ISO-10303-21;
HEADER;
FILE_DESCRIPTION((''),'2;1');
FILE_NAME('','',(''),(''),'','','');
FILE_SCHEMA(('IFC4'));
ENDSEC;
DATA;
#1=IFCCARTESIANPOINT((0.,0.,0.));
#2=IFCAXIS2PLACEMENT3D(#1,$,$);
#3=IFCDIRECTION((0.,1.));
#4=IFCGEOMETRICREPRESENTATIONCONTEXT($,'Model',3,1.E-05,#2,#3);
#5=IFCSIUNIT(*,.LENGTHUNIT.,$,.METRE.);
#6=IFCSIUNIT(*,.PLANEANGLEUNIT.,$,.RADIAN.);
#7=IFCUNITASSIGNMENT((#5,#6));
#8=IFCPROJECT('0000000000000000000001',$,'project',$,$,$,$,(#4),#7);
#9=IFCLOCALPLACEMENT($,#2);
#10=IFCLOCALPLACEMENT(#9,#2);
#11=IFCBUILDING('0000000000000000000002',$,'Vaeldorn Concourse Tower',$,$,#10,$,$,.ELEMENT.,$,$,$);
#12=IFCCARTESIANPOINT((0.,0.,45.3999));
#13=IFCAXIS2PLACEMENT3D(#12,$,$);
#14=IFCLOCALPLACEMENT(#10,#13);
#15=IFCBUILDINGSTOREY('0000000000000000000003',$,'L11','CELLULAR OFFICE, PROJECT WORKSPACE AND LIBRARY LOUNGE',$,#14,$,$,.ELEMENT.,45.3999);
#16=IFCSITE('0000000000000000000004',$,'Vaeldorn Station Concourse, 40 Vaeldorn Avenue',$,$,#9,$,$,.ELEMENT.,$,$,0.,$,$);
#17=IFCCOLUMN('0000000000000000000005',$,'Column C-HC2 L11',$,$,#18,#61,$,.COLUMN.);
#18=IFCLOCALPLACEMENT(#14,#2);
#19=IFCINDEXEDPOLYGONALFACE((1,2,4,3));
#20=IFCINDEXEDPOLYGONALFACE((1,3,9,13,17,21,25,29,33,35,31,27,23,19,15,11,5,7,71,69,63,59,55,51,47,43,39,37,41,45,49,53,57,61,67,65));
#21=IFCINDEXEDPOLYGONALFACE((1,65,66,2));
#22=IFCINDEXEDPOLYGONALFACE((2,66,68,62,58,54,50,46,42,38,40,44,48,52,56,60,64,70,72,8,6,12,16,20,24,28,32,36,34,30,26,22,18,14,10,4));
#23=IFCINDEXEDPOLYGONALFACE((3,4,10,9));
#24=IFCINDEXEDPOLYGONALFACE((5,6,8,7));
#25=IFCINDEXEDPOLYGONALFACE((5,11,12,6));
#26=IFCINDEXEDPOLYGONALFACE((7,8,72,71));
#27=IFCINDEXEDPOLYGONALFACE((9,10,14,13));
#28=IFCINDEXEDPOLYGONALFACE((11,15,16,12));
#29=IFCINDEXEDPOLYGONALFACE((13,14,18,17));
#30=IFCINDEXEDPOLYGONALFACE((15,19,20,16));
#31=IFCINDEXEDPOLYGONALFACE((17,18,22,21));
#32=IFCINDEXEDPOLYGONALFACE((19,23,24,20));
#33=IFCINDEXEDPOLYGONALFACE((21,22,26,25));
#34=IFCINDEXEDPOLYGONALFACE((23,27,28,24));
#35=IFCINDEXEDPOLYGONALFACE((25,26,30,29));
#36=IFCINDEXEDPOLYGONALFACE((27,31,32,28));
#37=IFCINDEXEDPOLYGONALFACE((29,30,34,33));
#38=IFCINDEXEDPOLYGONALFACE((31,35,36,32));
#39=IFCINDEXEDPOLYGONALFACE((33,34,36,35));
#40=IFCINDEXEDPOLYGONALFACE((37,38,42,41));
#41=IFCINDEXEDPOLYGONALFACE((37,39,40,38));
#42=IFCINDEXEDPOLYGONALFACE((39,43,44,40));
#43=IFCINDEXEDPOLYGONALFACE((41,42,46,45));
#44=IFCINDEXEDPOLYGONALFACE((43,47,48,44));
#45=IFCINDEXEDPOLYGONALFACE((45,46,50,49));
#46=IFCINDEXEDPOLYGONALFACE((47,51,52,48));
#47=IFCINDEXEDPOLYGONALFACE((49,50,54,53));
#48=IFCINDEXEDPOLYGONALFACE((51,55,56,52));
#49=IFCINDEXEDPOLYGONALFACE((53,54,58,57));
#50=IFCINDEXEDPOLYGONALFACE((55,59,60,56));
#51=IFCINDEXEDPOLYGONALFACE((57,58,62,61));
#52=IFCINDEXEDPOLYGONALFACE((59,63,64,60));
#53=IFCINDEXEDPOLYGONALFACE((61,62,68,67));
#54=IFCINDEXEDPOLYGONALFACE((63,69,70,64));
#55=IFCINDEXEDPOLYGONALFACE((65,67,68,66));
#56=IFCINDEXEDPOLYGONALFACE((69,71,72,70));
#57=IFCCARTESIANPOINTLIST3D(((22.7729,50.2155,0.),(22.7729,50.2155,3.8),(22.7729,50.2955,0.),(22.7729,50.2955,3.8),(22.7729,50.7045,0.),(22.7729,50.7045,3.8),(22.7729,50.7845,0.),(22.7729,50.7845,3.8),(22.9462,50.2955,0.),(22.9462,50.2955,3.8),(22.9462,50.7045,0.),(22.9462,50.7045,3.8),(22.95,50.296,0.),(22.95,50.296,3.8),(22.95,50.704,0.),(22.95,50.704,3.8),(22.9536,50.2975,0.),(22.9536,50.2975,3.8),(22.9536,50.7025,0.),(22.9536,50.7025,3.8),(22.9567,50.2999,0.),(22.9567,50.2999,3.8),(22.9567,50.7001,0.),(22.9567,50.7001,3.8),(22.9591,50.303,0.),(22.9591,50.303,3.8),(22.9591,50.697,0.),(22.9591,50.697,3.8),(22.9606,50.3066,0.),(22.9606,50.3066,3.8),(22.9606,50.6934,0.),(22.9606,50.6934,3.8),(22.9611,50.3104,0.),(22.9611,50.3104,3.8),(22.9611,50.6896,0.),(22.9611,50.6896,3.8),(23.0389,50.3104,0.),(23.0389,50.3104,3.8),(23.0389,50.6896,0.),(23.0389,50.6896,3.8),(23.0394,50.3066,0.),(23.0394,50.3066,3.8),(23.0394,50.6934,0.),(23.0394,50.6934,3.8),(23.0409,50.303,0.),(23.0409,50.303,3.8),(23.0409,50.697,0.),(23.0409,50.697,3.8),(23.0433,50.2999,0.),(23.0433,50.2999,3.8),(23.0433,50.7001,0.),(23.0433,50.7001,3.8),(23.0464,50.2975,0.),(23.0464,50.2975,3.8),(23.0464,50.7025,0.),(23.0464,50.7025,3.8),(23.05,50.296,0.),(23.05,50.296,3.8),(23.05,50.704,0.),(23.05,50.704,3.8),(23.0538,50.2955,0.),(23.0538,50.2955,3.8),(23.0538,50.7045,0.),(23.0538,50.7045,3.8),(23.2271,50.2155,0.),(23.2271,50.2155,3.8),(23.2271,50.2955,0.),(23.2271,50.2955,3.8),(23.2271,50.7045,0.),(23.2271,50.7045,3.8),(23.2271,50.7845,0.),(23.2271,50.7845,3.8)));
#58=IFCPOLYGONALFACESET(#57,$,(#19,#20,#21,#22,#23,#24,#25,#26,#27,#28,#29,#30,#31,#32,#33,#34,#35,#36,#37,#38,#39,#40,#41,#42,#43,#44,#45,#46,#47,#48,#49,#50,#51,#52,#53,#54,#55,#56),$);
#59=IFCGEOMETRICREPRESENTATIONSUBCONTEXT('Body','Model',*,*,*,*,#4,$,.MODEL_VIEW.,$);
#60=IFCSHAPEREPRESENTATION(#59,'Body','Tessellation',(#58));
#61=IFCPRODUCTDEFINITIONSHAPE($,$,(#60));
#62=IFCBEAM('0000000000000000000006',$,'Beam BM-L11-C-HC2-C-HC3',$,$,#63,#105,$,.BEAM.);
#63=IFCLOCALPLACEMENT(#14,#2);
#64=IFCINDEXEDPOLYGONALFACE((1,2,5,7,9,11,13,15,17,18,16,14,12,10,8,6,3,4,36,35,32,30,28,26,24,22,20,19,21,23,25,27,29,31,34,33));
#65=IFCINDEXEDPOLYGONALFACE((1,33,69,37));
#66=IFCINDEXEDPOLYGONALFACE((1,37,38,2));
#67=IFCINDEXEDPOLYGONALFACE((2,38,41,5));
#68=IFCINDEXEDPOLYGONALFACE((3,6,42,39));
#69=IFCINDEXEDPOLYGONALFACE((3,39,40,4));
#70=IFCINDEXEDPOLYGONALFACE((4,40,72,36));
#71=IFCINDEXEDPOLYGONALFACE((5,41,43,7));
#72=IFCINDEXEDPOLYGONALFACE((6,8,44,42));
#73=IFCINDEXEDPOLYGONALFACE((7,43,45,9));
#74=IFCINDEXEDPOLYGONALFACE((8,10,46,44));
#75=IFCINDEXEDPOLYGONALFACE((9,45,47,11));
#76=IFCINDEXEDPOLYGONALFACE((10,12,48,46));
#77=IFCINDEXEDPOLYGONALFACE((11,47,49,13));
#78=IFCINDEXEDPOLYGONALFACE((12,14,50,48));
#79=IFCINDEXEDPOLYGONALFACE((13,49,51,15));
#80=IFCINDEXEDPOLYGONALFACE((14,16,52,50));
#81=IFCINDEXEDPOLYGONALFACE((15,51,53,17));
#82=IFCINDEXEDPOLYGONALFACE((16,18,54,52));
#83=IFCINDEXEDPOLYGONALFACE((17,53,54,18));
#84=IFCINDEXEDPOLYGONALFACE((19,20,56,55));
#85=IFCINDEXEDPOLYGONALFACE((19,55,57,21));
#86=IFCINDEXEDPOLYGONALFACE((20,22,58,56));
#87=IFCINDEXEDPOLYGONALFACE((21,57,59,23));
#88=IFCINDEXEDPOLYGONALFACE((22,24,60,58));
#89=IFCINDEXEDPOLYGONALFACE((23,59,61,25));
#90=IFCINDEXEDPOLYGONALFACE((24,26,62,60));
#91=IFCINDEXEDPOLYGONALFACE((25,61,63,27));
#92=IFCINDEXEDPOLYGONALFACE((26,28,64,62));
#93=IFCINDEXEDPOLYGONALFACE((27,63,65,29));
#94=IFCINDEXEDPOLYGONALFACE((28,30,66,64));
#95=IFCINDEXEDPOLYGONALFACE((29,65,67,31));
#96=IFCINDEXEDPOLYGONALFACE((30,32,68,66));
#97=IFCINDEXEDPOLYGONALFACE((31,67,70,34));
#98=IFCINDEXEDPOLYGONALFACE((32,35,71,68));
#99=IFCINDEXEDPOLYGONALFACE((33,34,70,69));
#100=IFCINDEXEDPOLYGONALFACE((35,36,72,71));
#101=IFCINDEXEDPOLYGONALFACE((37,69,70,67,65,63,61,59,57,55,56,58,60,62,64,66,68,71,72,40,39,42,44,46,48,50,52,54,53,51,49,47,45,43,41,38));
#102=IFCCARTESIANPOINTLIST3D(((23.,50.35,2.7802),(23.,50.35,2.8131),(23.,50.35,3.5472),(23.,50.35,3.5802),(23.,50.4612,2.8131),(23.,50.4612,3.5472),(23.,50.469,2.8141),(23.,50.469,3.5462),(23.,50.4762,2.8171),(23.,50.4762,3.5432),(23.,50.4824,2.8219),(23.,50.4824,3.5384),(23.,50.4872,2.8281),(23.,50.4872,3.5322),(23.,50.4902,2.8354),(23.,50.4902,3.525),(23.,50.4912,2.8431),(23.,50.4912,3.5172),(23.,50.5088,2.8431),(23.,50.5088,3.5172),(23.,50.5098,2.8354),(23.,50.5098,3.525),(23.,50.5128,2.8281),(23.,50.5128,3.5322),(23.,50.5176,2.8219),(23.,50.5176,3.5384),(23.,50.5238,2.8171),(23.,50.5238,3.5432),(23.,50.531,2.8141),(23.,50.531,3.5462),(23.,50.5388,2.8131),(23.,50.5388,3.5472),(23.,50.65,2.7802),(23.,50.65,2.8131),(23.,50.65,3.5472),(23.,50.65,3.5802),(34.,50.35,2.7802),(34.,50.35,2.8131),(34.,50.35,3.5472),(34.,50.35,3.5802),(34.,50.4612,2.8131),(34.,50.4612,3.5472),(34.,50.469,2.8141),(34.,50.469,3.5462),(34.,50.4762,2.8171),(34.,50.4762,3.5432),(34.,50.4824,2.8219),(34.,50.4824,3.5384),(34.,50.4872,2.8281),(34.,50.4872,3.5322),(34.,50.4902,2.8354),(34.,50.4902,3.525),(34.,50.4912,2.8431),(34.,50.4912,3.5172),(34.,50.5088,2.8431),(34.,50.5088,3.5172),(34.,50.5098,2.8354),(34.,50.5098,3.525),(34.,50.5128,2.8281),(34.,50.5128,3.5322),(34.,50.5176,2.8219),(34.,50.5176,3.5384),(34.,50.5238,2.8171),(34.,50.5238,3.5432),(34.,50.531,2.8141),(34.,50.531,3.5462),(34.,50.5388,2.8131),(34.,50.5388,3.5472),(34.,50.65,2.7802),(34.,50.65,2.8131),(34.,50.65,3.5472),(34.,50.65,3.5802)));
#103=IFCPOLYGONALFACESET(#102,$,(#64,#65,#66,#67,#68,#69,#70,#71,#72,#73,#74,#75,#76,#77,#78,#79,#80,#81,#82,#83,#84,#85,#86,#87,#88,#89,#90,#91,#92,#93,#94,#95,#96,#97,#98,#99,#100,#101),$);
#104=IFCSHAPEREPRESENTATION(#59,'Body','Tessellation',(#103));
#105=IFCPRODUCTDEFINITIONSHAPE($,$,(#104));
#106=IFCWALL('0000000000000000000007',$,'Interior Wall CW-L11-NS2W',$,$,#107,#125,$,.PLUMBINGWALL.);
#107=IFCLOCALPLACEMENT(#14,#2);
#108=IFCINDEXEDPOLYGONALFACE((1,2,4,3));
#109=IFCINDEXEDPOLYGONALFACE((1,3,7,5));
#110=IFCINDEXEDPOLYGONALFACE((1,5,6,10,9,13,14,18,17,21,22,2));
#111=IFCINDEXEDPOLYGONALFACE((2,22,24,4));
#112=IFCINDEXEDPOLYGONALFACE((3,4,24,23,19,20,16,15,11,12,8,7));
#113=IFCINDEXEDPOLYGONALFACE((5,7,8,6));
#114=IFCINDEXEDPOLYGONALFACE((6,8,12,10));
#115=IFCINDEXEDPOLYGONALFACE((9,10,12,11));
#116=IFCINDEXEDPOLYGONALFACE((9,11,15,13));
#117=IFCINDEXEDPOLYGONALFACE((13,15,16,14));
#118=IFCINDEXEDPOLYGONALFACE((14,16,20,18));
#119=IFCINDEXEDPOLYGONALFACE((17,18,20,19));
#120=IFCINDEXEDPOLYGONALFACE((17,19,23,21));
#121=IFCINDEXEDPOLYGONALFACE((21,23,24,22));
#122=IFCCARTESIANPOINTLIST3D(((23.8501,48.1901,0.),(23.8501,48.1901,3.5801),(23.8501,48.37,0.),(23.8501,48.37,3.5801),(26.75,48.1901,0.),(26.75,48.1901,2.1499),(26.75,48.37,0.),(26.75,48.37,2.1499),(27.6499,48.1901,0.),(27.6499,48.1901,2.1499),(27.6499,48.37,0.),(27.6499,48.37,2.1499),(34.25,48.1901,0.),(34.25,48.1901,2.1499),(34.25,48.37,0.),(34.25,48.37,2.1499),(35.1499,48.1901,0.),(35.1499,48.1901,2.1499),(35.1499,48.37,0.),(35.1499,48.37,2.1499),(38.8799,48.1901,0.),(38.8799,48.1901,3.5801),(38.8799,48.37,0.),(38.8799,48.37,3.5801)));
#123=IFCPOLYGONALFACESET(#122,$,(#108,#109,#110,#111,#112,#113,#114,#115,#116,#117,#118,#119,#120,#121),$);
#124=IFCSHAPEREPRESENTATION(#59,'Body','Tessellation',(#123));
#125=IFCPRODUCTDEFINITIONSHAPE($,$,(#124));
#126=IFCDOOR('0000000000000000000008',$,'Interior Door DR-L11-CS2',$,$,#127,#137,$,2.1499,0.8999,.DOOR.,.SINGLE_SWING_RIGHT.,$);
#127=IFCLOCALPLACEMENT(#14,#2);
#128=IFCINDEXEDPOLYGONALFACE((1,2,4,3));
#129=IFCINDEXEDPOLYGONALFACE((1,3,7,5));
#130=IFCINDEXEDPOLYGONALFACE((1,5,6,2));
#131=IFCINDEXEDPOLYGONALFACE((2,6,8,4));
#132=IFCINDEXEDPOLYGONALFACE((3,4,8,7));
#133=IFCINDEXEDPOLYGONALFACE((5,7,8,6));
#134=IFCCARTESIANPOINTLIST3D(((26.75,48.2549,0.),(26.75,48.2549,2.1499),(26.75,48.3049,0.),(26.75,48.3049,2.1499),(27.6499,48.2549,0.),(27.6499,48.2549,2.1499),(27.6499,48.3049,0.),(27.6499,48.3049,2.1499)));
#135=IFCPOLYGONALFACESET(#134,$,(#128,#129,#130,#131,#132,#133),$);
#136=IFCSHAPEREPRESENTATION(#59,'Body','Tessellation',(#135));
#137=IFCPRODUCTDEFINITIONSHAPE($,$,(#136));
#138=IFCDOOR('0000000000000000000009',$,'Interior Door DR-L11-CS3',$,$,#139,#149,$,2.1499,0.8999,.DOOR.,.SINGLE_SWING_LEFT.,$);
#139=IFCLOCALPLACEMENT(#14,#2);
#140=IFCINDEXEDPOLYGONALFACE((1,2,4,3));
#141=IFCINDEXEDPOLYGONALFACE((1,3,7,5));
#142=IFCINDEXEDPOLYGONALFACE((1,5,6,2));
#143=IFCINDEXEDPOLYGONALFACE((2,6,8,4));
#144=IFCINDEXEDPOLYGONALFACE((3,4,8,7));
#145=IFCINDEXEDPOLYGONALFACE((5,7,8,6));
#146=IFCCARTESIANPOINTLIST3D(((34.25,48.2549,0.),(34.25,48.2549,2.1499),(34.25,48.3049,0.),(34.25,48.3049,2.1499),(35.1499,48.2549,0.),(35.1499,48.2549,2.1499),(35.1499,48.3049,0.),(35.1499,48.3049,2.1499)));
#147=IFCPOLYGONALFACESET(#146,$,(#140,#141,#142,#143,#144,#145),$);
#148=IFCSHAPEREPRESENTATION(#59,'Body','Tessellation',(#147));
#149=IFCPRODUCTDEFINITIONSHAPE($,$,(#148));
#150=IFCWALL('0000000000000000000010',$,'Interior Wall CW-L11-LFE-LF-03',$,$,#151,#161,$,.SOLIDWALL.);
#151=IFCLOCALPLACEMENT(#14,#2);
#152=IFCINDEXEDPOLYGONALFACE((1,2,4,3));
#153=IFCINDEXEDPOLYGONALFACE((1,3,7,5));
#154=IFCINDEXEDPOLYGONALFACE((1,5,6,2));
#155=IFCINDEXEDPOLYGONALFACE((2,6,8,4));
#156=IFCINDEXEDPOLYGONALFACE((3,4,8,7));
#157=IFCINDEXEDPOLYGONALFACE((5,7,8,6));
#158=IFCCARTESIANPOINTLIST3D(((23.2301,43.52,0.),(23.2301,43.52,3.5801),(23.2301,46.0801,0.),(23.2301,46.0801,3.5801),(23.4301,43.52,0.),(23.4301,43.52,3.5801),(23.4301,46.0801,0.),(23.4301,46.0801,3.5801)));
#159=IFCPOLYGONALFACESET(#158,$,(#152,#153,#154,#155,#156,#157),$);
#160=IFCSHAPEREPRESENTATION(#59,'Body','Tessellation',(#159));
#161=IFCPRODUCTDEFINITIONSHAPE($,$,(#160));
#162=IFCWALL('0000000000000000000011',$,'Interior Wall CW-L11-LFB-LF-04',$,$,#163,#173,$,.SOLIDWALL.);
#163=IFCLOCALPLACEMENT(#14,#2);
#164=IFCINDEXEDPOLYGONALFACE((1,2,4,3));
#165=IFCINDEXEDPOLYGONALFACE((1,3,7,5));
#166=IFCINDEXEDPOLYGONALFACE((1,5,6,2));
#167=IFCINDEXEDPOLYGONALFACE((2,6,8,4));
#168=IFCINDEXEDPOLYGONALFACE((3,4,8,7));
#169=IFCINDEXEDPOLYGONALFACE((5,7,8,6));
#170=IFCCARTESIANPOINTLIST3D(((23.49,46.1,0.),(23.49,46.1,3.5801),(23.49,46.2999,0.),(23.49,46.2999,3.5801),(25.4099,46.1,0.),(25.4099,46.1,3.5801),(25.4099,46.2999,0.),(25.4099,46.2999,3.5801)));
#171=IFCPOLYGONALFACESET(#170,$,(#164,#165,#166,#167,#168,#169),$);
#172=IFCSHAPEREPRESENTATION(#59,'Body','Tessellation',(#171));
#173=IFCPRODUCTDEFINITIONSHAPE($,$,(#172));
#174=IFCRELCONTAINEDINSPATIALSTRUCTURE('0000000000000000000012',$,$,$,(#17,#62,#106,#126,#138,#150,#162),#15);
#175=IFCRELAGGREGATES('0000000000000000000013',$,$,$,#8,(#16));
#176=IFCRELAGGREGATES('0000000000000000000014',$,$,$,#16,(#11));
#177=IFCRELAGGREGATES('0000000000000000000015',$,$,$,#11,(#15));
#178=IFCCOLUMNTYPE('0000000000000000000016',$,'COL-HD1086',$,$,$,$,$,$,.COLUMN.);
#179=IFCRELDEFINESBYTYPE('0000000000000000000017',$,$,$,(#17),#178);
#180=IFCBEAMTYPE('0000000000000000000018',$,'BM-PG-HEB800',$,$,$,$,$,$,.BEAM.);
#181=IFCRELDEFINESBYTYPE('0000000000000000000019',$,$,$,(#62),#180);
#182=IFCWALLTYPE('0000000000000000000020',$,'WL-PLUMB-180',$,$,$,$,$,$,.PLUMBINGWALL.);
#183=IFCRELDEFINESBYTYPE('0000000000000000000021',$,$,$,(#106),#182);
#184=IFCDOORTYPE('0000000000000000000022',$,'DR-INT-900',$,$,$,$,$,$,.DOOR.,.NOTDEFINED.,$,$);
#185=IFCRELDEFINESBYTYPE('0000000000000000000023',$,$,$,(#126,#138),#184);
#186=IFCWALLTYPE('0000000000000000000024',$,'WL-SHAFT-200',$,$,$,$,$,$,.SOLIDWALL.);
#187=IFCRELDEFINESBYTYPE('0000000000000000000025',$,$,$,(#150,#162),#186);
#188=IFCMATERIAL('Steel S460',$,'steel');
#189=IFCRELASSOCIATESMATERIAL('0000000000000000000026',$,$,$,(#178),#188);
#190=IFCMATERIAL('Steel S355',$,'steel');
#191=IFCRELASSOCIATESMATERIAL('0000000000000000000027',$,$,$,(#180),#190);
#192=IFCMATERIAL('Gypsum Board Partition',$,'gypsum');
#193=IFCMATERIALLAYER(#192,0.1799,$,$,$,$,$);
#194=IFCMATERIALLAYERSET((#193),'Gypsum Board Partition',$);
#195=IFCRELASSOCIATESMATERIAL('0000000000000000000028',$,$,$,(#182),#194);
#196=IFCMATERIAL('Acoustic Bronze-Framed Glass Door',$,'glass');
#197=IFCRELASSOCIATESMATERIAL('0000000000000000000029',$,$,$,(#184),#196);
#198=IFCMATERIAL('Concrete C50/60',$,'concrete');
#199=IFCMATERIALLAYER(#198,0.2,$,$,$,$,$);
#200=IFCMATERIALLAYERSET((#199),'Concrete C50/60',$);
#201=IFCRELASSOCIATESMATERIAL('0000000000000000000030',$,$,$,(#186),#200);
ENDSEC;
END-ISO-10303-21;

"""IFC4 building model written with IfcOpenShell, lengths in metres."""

from ifc_helpers import new_model, si_unit, direction, frame, frame_2d, origin, origin_2d, place, context, subcontext, project, spatial, rectangle, i_section, extrude, source, transform, mapped, material, layer, layer_set, material_profile, profile_set, type_object, element, fill, save


model = new_model("IFC4")

# Units and contexts
model_context = context("Model", 3, precision=1e-05, world=origin(), true_north=direction((0.0, 1.0)))
body_context = subcontext(model_context, "Body", "Model", "MODEL_VIEW")
ifc_project = project(units=[si_unit("LENGTHUNIT", "METRE"), si_unit("PLANEANGLEUNIT", "RADIAN")], contexts=[model_context])

# Site, building, storey
site_placement = place(None, origin())
site = spatial("IfcSite", under=ifc_project, at=site_placement, Name="Vaeldorn Station Concourse, 40 Vaeldorn Avenue", CompositionType="ELEMENT", RefElevation=0.0)
building_placement = place(site_placement, origin())
building = spatial("IfcBuilding", under=site, at=building_placement, Name="Vaeldorn Concourse Tower", CompositionType="ELEMENT")
storey_placement = place(building_placement, frame((0.0, 0.0, 45.3999)))
storey = spatial("IfcBuildingStorey", under=building, at=storey_placement, Name="L11", Description="CELLULAR OFFICE, PROJECT WORKSPACE AND LIBRARY LOUNGE", CompositionType="ELEMENT", Elevation=45.3999)

# Column
ifc_material_1 = material(Name="Steel S460", Category="steel")
ifc_material_profile_1 = material_profile(ifc_material_1, i_section(OverallWidth=0.4541, OverallDepth=0.5691, WebThickness=0.0779, FlangeThickness=0.0801, FilletRadius=0.0149, at=origin_2d()), Name="HD 400x1086")
ifc_profile_set_1 = profile_set([ifc_material_profile_1], Name="Steel S460")
column_type = type_object("IfcColumnType", Name="COL-HD1086", PredefinedType="COLUMN", material=ifc_profile_set_1)
shared_shape_1 = source(origin(), body_context, "Body", "SweptSolid", [
    extrude(i_section(OverallWidth=0.4541, OverallDepth=0.5691, WebThickness=0.0779, FlangeThickness=0.0801, FilletRadius=0.0149, at=origin_2d()), origin(), (0.0, 0.0, 1.0), 3.8),
])
column_placement = place(storey_placement, frame((23.0, 50.5, 0.0), z_axis=(0.0, 0.0, 1.0), x_axis=(1.0, 0.0, 0.0)))
element("IfcColumn", 1, at=column_placement, inside=storey, type_object=column_type, Name="Column C-HC2 L11", PredefinedType="COLUMN", context=body_context, shape_type="MappedRepresentation", body=[
    mapped(shared_shape_1, transform((0.0, 0.0, 0.0), scale=1.0)),
])

# Beam
ifc_material_2 = material(Name="Steel S355", Category="steel")
ifc_material_profile_2 = material_profile(ifc_material_2, i_section(OverallWidth=0.3, OverallDepth=0.8, WebThickness=0.0176, FlangeThickness=0.033, FilletRadius=0.03, at=origin_2d()), Name="HEB 800")
ifc_profile_set_2 = profile_set([ifc_material_profile_2], Name="Steel S355")
beam_type = type_object("IfcBeamType", Name="BM-PG-HEB800", PredefinedType="BEAM", material=ifc_profile_set_2)
shared_shape_2 = source(origin(), body_context, "Body", "SweptSolid", [
    extrude(i_section(OverallWidth=0.3, OverallDepth=0.8, WebThickness=0.0176, FlangeThickness=0.033, FilletRadius=0.03, at=origin_2d()), origin(), (0.0, 0.0, 1.0), 11.0),
])
beam_placement = place(storey_placement, frame((23.0, 50.5, 3.1802), z_axis=(1.0, 0.0, 0.0), x_axis=(0.0, 1.0, 0.0)))
element("IfcBeam", 2, at=beam_placement, inside=storey, type_object=beam_type, Name="Beam BM-L11-C-HC2-C-HC3", PredefinedType="BEAM", context=body_context, shape_type="MappedRepresentation", body=[
    mapped(shared_shape_2, transform((0.0, 0.0, 0.0), scale=1.0)),
])

# Wall, openings, doors
ifc_material_3 = material(Name="Gypsum Board Partition", Category="gypsum")
ifc_layer_1 = layer(ifc_material_3, 0.1799)
ifc_layer_set_1 = layer_set([ifc_layer_1], Name="Gypsum Board Partition")
wall_type_1 = type_object("IfcWallType", Name="WL-PLUMB-180", PredefinedType="PLUMBINGWALL", material=ifc_layer_set_1)
wall_1_placement = place(storey_placement, frame((23.8501, 48.28, 0.0), z_axis=(0.0, 0.0, 1.0), x_axis=(1.0, 0.0, 0.0)))
wall_1 = element("IfcWall", 3, at=wall_1_placement, inside=storey, type_object=wall_type_1, Name="Interior Wall CW-L11-NS2W", PredefinedType="PLUMBINGWALL", context=body_context, shape_type="SweptSolid", body=[
    extrude(rectangle(XDim=15.0298, YDim=0.1799, at=frame_2d((7.5149, 0.0))), origin(), (0.0, 0.0, 1.0), 3.5801),
])
opening_1_placement = place(wall_1_placement, frame((2.8999, 0.0, 0.0)))
opening_1 = element("IfcOpeningElement", 4, at=opening_1_placement, cuts=wall_1, PredefinedType="OPENING", context=body_context, shape_type="SweptSolid", body=[
    extrude(rectangle(XDim=0.8999, YDim=2.1499, at=frame_2d((0.45, 1.075))), frame((0.0, 0.1001, 0.0), z_axis=(0.0, -1.0, 0.0), x_axis=(1.0, 0.0, 0.0)), (0.0, 0.0, 1.0), 0.2),
])
opening_2_placement = place(wall_1_placement, frame((10.3999, 0.0, 0.0)))
opening_2 = element("IfcOpeningElement", 5, at=opening_2_placement, cuts=wall_1, PredefinedType="OPENING", context=body_context, shape_type="SweptSolid", body=[
    extrude(rectangle(XDim=0.8999, YDim=2.1499, at=frame_2d((0.45, 1.075))), frame((0.0, 0.1001, 0.0), z_axis=(0.0, -1.0, 0.0), x_axis=(1.0, 0.0, 0.0)), (0.0, 0.0, 1.0), 0.2),
])
ifc_material_4 = material(Name="Acoustic Bronze-Framed Glass Door", Category="glass")
door_type_1 = type_object("IfcDoorType", Name="DR-INT-900", OperationType="NOTDEFINED", PredefinedType="DOOR", material=ifc_material_4)
shared_shape_3 = source(origin(), body_context, "Body", "SweptSolid", [
    extrude(rectangle(XDim=0.8999, YDim=2.1499, at=frame_2d((0.45, 1.075))), frame((0.0, 0.0249, 0.0), z_axis=(0.0, -1.0, 0.0), x_axis=(1.0, 0.0, 0.0)), (0.0, 0.0, 1.0), 0.05),
])
door_1_placement = place(opening_1_placement, origin())
door_1 = element("IfcDoor", 6, at=door_1_placement, inside=storey, type_object=door_type_1, Name="Interior Door DR-L11-CS2", OperationType="SINGLE_SWING_RIGHT", OverallHeight=2.1499, OverallWidth=0.8999, PredefinedType="DOOR", context=body_context, shape_type="MappedRepresentation", body=[
    mapped(shared_shape_3, transform((0.0, 0.0, 0.0), scale=1.0)),
])
fill(opening_1, door_1)
door_2_placement = place(opening_2_placement, origin())
door_2 = element("IfcDoor", 7, at=door_2_placement, inside=storey, type_object=door_type_1, Name="Interior Door DR-L11-CS3", OperationType="SINGLE_SWING_LEFT", OverallHeight=2.1499, OverallWidth=0.8999, PredefinedType="DOOR", context=body_context, shape_type="MappedRepresentation", body=[
    mapped(shared_shape_3, transform((0.0, 0.0, 0.0), scale=1.0)),
])
fill(opening_2, door_2)

# Wall
ifc_material_5 = material(Name="Concrete C50/60", Category="concrete")
ifc_layer_2 = layer(ifc_material_5, 0.2)
ifc_layer_set_2 = layer_set([ifc_layer_2], Name="Concrete C50/60")
wall_type_2 = type_object("IfcWallType", Name="WL-SHAFT-200", PredefinedType="SOLIDWALL", material=ifc_layer_set_2)
wall_2_placement = place(storey_placement, frame((23.3301, 43.52, 0.0), z_axis=(0.0, 0.0, 1.0), x_axis=(0.0, 1.0, 0.0)))
element("IfcWall", 8, at=wall_2_placement, inside=storey, type_object=wall_type_2, Name="Interior Wall CW-L11-LFE-LF-03", PredefinedType="SOLIDWALL", context=body_context, shape_type="SweptSolid", body=[
    extrude(rectangle(XDim=2.5601, YDim=0.2, at=frame_2d((1.28, 0.0))), origin(), (0.0, 0.0, 1.0), 3.5801),
])

# Wall
wall_3_placement = place(storey_placement, frame((23.49, 46.2, 0.0), z_axis=(0.0, 0.0, 1.0), x_axis=(1.0, 0.0, 0.0)))
element("IfcWall", 9, at=wall_3_placement, inside=storey, type_object=wall_type_2, Name="Interior Wall CW-L11-LFB-LF-04", PredefinedType="SOLIDWALL", context=body_context, shape_type="SweptSolid", body=[
    extrude(rectangle(XDim=1.9199, YDim=0.2, at=frame_2d((0.96, 0.0))), origin(), (0.0, 0.0, 1.0), 3.5801),
])

save(model, "model.ifc")
